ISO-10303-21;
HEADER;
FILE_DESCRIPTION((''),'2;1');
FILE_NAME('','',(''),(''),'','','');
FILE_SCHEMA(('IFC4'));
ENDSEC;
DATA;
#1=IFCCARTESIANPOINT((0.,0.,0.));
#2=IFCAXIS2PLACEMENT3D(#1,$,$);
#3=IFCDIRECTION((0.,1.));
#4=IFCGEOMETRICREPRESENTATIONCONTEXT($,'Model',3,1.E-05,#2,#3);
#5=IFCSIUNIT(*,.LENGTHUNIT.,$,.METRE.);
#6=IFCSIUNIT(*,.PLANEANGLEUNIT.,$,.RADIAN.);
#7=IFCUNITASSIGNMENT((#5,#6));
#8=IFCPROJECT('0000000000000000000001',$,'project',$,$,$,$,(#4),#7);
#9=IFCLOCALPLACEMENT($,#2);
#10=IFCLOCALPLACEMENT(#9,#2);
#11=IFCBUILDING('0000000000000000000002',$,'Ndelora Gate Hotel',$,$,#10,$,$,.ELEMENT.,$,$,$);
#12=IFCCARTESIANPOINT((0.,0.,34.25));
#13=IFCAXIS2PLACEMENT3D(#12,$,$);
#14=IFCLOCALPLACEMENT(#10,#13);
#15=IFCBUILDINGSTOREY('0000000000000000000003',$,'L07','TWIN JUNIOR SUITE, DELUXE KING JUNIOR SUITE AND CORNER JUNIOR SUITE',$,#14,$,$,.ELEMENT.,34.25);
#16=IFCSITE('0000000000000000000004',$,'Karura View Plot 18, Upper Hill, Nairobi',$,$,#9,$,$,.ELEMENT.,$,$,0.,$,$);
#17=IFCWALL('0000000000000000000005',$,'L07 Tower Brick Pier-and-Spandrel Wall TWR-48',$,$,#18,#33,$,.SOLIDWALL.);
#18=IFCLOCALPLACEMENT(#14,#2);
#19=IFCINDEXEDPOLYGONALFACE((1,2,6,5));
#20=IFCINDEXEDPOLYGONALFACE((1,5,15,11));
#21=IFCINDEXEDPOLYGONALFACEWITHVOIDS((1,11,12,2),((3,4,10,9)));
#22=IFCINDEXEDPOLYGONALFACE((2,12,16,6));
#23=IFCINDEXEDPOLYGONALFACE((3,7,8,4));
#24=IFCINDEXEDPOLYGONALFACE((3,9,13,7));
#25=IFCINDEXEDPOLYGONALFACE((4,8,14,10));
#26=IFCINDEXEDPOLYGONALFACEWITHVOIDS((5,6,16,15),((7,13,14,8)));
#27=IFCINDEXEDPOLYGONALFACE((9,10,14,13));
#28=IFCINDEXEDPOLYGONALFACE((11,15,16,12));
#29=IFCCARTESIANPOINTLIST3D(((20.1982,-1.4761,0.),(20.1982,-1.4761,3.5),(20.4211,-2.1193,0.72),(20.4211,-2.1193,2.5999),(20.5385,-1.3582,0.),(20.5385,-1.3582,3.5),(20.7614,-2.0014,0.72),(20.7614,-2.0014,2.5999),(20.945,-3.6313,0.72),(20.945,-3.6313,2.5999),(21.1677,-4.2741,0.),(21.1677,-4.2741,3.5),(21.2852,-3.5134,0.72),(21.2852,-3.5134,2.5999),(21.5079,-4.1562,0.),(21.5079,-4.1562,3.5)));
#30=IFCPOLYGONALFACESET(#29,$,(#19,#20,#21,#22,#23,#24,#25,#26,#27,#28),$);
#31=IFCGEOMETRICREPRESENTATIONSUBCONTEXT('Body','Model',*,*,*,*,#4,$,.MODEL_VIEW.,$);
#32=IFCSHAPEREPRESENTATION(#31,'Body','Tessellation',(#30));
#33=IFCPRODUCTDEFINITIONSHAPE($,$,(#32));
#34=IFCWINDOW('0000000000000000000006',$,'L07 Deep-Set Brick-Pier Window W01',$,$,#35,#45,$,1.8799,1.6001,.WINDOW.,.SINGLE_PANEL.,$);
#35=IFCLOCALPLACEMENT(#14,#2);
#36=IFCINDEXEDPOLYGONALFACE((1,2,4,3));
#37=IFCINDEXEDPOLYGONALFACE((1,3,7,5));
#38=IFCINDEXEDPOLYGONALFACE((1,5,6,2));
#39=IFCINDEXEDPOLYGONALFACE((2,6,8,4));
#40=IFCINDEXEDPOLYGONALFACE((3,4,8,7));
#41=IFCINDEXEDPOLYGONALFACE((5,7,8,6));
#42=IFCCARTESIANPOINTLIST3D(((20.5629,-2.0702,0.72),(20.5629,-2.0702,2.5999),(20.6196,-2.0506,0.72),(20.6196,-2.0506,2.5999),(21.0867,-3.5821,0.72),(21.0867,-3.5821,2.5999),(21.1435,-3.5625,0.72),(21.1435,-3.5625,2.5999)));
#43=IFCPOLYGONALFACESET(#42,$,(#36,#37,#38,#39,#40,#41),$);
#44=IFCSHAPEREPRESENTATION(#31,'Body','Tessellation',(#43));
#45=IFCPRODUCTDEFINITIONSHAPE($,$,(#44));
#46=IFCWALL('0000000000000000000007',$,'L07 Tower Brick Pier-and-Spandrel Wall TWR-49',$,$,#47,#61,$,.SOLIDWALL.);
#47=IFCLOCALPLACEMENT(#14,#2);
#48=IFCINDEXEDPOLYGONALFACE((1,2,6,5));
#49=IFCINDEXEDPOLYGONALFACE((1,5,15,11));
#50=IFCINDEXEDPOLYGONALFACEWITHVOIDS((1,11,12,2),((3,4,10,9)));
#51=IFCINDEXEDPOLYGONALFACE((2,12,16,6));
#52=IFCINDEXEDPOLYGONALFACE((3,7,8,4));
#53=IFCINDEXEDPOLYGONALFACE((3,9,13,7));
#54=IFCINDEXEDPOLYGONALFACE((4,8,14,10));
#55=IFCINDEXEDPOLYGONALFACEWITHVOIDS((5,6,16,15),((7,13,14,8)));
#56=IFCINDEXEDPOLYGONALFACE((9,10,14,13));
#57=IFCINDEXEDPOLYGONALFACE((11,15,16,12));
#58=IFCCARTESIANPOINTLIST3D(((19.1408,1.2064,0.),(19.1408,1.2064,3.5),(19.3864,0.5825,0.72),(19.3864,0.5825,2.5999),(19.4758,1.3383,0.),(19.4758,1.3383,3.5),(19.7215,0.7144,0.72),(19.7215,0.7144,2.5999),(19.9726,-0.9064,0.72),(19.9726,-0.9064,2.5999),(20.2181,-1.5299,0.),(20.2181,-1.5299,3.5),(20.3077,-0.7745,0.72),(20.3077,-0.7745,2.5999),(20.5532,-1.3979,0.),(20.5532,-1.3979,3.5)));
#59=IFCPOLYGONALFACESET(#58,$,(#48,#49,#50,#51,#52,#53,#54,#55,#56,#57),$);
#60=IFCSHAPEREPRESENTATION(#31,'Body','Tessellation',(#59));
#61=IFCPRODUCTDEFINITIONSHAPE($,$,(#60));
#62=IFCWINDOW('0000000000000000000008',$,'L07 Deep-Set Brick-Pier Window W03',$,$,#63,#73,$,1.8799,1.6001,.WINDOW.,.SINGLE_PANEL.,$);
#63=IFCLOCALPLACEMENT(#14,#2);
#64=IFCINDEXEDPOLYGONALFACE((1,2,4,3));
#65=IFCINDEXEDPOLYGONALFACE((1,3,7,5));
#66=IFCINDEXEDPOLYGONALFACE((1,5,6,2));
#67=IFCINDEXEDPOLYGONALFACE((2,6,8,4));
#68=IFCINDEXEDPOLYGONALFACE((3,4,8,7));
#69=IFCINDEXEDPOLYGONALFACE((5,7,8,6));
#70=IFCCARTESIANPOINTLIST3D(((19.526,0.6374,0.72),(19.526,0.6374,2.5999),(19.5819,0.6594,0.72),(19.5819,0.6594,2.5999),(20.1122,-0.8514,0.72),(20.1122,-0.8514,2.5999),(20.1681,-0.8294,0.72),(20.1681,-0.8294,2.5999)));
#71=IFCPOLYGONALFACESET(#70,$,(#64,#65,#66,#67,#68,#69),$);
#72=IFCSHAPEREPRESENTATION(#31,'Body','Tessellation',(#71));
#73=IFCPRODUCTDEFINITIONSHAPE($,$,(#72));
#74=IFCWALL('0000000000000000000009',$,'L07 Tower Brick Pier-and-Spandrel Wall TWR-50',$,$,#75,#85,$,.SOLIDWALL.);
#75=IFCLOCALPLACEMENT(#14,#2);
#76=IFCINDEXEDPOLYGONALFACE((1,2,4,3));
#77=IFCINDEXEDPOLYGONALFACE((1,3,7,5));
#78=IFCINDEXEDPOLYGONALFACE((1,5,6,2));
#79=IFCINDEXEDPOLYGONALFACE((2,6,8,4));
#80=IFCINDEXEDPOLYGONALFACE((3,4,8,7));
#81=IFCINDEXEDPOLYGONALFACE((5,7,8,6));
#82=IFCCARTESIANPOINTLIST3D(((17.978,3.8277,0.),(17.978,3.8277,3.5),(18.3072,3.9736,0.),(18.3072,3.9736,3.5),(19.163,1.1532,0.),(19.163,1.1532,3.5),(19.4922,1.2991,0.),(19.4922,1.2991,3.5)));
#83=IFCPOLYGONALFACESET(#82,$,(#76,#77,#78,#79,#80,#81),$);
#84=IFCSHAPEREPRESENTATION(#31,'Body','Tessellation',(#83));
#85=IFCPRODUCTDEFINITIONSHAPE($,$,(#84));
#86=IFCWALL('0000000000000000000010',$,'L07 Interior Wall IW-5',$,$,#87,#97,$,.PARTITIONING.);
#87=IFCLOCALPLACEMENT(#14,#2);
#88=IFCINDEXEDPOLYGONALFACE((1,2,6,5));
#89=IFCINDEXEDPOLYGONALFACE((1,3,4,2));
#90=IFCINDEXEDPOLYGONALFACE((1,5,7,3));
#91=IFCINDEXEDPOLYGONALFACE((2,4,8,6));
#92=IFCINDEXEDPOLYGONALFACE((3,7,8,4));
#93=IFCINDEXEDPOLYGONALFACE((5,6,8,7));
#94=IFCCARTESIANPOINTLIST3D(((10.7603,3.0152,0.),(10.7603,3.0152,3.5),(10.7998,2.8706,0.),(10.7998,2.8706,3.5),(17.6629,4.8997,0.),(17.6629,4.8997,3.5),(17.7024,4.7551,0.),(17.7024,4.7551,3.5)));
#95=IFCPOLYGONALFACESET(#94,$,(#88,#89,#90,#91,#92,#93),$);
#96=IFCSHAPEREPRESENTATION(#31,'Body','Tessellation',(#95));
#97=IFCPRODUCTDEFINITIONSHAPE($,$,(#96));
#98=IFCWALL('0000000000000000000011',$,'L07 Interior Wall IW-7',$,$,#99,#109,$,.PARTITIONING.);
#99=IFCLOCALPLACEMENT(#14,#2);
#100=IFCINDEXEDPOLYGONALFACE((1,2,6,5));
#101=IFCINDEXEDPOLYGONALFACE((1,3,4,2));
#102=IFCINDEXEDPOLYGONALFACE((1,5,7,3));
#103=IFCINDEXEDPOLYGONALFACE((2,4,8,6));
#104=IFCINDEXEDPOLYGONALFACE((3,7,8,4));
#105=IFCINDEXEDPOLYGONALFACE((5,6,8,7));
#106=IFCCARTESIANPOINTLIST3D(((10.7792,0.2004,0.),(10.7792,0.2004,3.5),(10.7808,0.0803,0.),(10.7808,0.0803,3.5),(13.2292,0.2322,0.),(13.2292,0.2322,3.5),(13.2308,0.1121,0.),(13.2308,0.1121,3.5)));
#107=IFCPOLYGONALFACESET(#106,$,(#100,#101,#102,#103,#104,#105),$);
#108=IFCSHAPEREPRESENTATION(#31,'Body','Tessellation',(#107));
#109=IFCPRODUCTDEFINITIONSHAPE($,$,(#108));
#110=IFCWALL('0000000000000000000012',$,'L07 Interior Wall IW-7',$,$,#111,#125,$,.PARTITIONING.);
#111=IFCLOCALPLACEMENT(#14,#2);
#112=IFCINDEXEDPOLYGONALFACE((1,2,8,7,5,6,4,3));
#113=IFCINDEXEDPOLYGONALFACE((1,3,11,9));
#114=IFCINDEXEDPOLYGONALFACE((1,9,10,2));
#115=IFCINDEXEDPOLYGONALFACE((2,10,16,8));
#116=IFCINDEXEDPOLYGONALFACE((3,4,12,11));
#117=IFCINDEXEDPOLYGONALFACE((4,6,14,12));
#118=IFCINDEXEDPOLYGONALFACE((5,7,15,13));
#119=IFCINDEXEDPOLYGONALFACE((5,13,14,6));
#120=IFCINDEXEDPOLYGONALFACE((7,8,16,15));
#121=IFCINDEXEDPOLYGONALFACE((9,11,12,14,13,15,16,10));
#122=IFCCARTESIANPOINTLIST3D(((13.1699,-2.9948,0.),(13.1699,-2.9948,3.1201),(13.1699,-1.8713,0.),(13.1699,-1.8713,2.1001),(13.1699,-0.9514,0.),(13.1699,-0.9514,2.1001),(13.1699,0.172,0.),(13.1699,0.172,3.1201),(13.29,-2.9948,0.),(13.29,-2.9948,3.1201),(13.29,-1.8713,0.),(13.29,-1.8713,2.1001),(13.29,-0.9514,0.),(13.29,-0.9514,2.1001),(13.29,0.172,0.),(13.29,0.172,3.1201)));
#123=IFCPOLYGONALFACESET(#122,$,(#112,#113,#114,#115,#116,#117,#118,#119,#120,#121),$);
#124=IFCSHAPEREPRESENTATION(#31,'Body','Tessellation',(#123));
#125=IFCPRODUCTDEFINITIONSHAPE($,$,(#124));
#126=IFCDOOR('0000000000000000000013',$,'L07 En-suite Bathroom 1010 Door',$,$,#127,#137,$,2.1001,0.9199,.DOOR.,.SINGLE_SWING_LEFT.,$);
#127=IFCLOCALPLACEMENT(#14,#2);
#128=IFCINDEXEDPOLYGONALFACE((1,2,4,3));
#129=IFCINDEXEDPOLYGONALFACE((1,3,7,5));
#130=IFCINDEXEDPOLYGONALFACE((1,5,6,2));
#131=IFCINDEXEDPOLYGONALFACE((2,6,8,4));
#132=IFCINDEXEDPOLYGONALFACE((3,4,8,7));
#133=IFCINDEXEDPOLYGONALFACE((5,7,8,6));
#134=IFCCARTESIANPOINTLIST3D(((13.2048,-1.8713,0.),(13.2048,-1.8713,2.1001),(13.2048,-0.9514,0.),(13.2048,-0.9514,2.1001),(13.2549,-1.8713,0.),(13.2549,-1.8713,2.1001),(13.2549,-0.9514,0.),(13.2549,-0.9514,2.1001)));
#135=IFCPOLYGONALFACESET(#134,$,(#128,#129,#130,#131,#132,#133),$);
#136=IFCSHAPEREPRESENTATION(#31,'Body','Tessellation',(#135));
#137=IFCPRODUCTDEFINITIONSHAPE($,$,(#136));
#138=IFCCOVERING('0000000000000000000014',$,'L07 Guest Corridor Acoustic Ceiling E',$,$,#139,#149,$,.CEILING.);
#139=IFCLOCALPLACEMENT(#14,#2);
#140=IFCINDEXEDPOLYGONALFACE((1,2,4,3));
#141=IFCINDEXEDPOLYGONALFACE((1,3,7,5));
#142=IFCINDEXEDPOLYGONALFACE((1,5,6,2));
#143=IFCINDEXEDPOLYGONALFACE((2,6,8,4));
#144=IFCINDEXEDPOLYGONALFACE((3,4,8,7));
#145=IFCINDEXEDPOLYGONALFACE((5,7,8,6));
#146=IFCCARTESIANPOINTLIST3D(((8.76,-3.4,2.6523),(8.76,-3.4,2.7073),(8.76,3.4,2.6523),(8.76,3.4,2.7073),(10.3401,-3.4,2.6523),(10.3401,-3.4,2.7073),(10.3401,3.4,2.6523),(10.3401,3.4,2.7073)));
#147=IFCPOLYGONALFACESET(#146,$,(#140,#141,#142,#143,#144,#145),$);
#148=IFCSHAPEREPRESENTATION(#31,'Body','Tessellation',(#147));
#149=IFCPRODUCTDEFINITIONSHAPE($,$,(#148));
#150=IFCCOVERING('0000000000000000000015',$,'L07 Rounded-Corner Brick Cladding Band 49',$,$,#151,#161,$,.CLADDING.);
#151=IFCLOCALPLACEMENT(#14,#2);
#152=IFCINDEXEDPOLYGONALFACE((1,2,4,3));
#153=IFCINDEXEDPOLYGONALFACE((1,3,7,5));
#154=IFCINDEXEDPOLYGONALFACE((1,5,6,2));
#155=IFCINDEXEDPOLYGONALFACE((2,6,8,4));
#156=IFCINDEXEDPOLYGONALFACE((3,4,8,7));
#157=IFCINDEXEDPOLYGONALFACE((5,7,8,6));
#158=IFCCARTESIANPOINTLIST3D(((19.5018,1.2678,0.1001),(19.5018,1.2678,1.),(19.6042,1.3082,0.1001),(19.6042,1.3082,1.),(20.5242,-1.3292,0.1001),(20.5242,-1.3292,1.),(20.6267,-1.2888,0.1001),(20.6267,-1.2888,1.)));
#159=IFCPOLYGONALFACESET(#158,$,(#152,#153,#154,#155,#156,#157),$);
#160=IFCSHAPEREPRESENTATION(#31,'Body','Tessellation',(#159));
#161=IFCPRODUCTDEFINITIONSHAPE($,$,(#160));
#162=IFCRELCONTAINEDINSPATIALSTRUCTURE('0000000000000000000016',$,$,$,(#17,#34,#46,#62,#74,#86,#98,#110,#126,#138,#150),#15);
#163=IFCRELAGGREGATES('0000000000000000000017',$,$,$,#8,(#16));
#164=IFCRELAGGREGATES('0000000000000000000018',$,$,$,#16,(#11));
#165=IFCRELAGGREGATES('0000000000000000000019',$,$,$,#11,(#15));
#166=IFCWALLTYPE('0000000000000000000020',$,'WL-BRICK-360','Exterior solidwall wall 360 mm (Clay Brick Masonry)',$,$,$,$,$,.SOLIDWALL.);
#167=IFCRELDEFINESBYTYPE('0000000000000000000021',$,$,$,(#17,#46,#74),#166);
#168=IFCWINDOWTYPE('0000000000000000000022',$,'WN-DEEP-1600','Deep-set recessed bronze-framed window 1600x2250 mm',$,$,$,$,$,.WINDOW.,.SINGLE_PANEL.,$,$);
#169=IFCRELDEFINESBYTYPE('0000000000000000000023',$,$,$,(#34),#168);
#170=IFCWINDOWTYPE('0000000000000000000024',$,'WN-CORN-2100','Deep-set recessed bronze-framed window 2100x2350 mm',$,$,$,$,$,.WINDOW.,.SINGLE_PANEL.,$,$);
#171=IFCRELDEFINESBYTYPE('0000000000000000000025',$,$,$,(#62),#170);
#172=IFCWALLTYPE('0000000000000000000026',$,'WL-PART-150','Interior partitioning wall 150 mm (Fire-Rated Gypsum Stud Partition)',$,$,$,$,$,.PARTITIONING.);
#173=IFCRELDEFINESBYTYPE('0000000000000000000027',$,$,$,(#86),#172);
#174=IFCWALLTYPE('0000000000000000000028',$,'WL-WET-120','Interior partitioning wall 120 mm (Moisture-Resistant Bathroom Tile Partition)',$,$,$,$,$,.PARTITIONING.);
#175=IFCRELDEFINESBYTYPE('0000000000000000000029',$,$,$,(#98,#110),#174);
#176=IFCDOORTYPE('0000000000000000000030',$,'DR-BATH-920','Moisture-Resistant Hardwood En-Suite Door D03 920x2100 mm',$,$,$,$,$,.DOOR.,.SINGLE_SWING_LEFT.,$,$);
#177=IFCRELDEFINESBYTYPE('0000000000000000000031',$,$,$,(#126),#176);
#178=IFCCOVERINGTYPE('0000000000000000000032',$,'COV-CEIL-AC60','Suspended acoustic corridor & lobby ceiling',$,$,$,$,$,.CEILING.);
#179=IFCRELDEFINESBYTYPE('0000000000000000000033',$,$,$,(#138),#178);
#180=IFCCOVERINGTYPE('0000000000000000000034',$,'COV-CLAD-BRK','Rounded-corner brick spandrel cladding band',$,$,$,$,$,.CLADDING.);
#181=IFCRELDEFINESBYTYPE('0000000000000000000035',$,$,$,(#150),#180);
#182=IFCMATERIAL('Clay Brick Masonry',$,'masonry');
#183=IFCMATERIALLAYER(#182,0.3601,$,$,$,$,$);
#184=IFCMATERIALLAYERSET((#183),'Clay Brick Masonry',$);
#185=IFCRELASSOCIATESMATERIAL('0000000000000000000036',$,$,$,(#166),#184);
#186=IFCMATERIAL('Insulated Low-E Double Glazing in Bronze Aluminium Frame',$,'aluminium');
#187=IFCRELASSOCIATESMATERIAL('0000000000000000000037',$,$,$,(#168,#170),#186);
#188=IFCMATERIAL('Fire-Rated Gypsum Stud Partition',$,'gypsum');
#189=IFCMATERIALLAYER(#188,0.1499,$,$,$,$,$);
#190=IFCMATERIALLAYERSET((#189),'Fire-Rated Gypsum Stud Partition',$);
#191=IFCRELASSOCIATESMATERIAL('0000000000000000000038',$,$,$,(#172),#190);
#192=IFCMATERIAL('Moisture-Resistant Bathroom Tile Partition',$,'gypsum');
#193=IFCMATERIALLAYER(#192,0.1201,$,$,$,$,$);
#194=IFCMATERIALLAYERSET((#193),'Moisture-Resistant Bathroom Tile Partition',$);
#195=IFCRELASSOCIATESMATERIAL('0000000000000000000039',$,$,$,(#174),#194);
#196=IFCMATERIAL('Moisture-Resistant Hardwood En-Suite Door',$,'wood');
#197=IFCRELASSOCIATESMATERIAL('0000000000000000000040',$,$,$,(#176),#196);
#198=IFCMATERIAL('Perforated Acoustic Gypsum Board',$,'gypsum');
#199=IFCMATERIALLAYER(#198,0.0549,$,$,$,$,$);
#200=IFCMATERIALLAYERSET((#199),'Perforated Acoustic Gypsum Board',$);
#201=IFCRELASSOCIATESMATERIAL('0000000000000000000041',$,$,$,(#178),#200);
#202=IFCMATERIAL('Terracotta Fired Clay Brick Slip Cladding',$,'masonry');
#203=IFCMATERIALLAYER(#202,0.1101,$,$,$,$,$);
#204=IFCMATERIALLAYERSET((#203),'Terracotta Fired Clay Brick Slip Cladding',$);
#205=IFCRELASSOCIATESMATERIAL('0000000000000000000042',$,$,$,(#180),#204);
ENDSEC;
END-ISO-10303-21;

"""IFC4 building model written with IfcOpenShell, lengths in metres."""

from ifc_helpers import new_model, si_unit, direction, frame, frame_2d, origin, origin_2d, place, context, subcontext, project, spatial, rectangle, extrude, material, layer, layer_set, type_object, element, fill, save


model = new_model("IFC4")

# Units and contexts
model_context = context("Model", 3, precision=1e-05, world=origin(), true_north=direction((0.0, 1.0)))
body_context = subcontext(model_context, "Body", "Model", "MODEL_VIEW")
ifc_project = project(units=[si_unit("LENGTHUNIT", "METRE"), si_unit("PLANEANGLEUNIT", "RADIAN")], contexts=[model_context])

# Site, building, storey
site_placement = place(None, origin())
site = spatial("IfcSite", under=ifc_project, at=site_placement, Name="Karura View Plot 18, Upper Hill, Nairobi", CompositionType="ELEMENT", RefElevation=0.0)
building_placement = place(site_placement, origin())
building = spatial("IfcBuilding", under=site, at=building_placement, Name="Ndelora Gate Hotel", CompositionType="ELEMENT")
storey_placement = place(building_placement, frame((0.0, 0.0, 34.25)))
storey = spatial("IfcBuildingStorey", under=building, at=storey_placement, Name="L07", Description="TWIN JUNIOR SUITE, DELUXE KING JUNIOR SUITE AND CORNER JUNIOR SUITE", CompositionType="ELEMENT", Elevation=34.25)

# Walls, openings, windows
ifc_material_1 = material(Name="Clay Brick Masonry", Category="masonry")
ifc_layer_1 = layer(ifc_material_1, 0.3601)
ifc_layer_set_1 = layer_set([ifc_layer_1], Name="Clay Brick Masonry")
wall_type_1 = type_object("IfcWallType", Name="WL-BRICK-360", Description="Exterior solidwall wall 360 mm (Clay Brick Masonry)", PredefinedType="SOLIDWALL", material=ifc_layer_set_1)
wall_1_placement = place(storey_placement, frame((20.3684, -1.4172, 0.0), z_axis=(0.0, 0.0, 1.0), x_axis=(0.327385, -0.944891, 0.0)))
wall_1 = element("IfcWall", 1, at=wall_1_placement, inside=storey, type_object=wall_type_1, Name="L07 Tower Brick Pier-and-Spandrel Wall TWR-48", PredefinedType="SOLIDWALL", context=body_context, shape_type="SweptSolid", body=[
    extrude(rectangle(XDim=2.9612, YDim=0.3601, at=frame_2d((1.4805, 0.0))), origin(), (0.0, 0.0, 1.0), 3.5),
])
opening_1_placement = place(wall_1_placement, frame((0.6807, 0.0, 0.72)))
opening_1 = element("IfcOpeningElement", 2, at=opening_1_placement, cuts=wall_1, PredefinedType="OPENING", context=body_context, shape_type="SweptSolid", body=[
    extrude(rectangle(XDim=1.6001, YDim=1.8799, at=frame_2d((0.8, 0.9399))), frame((0.0, 0.1899, 0.0), z_axis=(0.0, -1.0, 0.0), x_axis=(1.0, 0.0, 0.0)), (0.0, 0.0, 1.0), 0.3801),
])
ifc_material_2 = material(Name="Insulated Low-E Double Glazing in Bronze Aluminium Frame", Category="aluminium")
window_type_1 = type_object("IfcWindowType", Name="WN-DEEP-1600", Description="Deep-set recessed bronze-framed window 1600x2250 mm", PartitioningType="SINGLE_PANEL", PredefinedType="WINDOW", material=ifc_material_2)
window_1_placement = place(opening_1_placement, origin())
window_1 = element("IfcWindow", 3, at=window_1_placement, inside=storey, type_object=window_type_1, Name="L07 Deep-Set Brick-Pier Window W01", OverallHeight=1.8799, OverallWidth=1.6001, PartitioningType="SINGLE_PANEL", PredefinedType="WINDOW", context=body_context, shape_type="SweptSolid", body=[
    extrude(rectangle(XDim=1.6001, YDim=1.8799, at=frame_2d((0.8, 0.9399))), frame((0.0, 0.03, 0.0), z_axis=(0.0, -1.0, 0.0), x_axis=(1.0, 0.0, 0.0)), (0.0, 0.0, 1.0), 0.0601),
])
fill(opening_1, window_1)
wall_2_placement = place(storey_placement, frame((19.3083, 1.2722, 0.0), z_axis=(0.0, 0.0, 1.0), x_axis=(0.366361, -0.930473, 0.0)))
wall_2 = element("IfcWall", 4, at=wall_2_placement, inside=storey, type_object=wall_type_1, Name="L07 Tower Brick Pier-and-Spandrel Wall TWR-49", PredefinedType="SOLIDWALL", context=body_context, shape_type="SweptSolid", body=[
    extrude(rectangle(XDim=2.9407, YDim=0.3601, at=frame_2d((1.4702, 0.0))), origin(), (0.0, 0.0, 1.0), 3.5),
])
opening_2_placement = place(wall_2_placement, frame((0.6704, 0.0, 0.72)))
opening_2 = element("IfcOpeningElement", 5, at=opening_2_placement, cuts=wall_2, PredefinedType="OPENING", context=body_context, shape_type="SweptSolid", body=[
    extrude(rectangle(XDim=1.6001, YDim=1.8799, at=frame_2d((0.8, 0.9399))), frame((0.0, 0.1899, 0.0), z_axis=(0.0, -1.0, 0.0), x_axis=(1.0, 0.0, 0.0)), (0.0, 0.0, 1.0), 0.3801),
])
window_type_2 = type_object("IfcWindowType", Name="WN-CORN-2100", Description="Deep-set recessed bronze-framed window 2100x2350 mm", PartitioningType="SINGLE_PANEL", PredefinedType="WINDOW", material=ifc_material_2)
window_2_placement = place(opening_2_placement, origin())
window_2 = element("IfcWindow", 6, at=window_2_placement, inside=storey, type_object=window_type_2, Name="L07 Deep-Set Brick-Pier Window W03", OverallHeight=1.8799, OverallWidth=1.6001, PartitioningType="SINGLE_PANEL", PredefinedType="WINDOW", context=body_context, shape_type="SweptSolid", body=[
    extrude(rectangle(XDim=1.6001, YDim=1.8799, at=frame_2d((0.8, 0.9399))), frame((0.0, 0.03, 0.0), z_axis=(0.0, -1.0, 0.0), x_axis=(1.0, 0.0, 0.0)), (0.0, 0.0, 1.0), 0.0601),
])
fill(opening_2, window_2)

# Wall
wall_3_placement = place(storey_placement, frame((18.1426, 3.9006, 0.0), z_axis=(0.0, 0.0, 1.0), x_axis=(0.405101, -0.914272, 0.0)))
element("IfcWall", 7, at=wall_3_placement, inside=storey, type_object=wall_type_1, Name="L07 Tower Brick Pier-and-Spandrel Wall TWR-50", PredefinedType="SOLIDWALL", context=body_context, shape_type="SweptSolid", body=[
    extrude(rectangle(XDim=2.9253, YDim=0.3601, at=frame_2d((1.4626, 0.0))), origin(), (0.0, 0.0, 1.0), 3.5),
])

# Walls
ifc_material_3 = material(Name="Fire-Rated Gypsum Stud Partition", Category="gypsum")
ifc_layer_2 = layer(ifc_material_3, 0.1499)
ifc_layer_set_2 = layer_set([ifc_layer_2], Name="Fire-Rated Gypsum Stud Partition")
wall_type_2 = type_object("IfcWallType", Name="WL-PART-150", Description="Interior partitioning wall 150 mm (Fire-Rated Gypsum Stud Partition)", PredefinedType="PARTITIONING", material=ifc_layer_set_2)
wall_4_placement = place(storey_placement, frame((10.78, 2.9429, 0.0), z_axis=(0.0, 0.0, 1.0), x_axis=(0.964693, 0.263377, 0.0)))
element("IfcWall", 8, at=wall_4_placement, inside=storey, type_object=wall_type_2, Name="L07 Interior Wall IW-5", PredefinedType="PARTITIONING", context=body_context, shape_type="SweptSolid", body=[
    extrude(rectangle(XDim=7.1553, YDim=0.1499, at=frame_2d((3.5776, 0.0))), origin(), (0.0, 0.0, 1.0), 3.5),
])
ifc_material_4 = material(Name="Moisture-Resistant Bathroom Tile Partition", Category="gypsum")
ifc_layer_3 = layer(ifc_material_4, 0.1201)
ifc_layer_set_3 = layer_set([ifc_layer_3], Name="Moisture-Resistant Bathroom Tile Partition")
wall_type_3 = type_object("IfcWallType", Name="WL-WET-120", Description="Interior partitioning wall 120 mm (Moisture-Resistant Bathroom Tile Partition)", PredefinedType="PARTITIONING", material=ifc_layer_set_3)
wall_5_placement = place(storey_placement, frame((13.23, 0.1721, 0.0), z_axis=(0.0, 0.0, 1.0), x_axis=(-0.999916, -0.012954, 0.0)))
element("IfcWall", 9, at=wall_5_placement, inside=storey, type_object=wall_type_3, Name="L07 Interior Wall IW-7", PredefinedType="PARTITIONING", context=body_context, shape_type="SweptSolid", body=[
    extrude(rectangle(XDim=2.4502, YDim=0.1201, at=frame_2d((1.2251, 0.0))), origin(), (0.0, 0.0, 1.0), 3.5),
])

# Wall, opening, door
wall_6_placement = place(storey_placement, frame((13.23, 0.1721, 0.0), z_axis=(0.0, 0.0, 1.0), x_axis=(0.0, -1.0, 0.0)))
wall_6 = element("IfcWall", 10, at=wall_6_placement, inside=storey, type_object=wall_type_3, Name="L07 Interior Wall IW-7", PredefinedType="PARTITIONING", context=body_context, shape_type="SweptSolid", body=[
    extrude(rectangle(XDim=3.1667, YDim=0.1201, at=frame_2d((1.5835, 0.0))), origin(), (0.0, 0.0, 1.0), 3.1201),
])
opening_3_placement = place(wall_6_placement, frame((1.1235, 0.0, 0.0)))
opening_3 = element("IfcOpeningElement", 11, at=opening_3_placement, cuts=wall_6, PredefinedType="OPENING", context=body_context, shape_type="SweptSolid", body=[
    extrude(rectangle(XDim=0.9199, YDim=2.1001, at=frame_2d((0.46, 1.05))), frame((0.0, 0.0701, 0.0), z_axis=(0.0, -1.0, 0.0), x_axis=(1.0, 0.0, 0.0)), (0.0, 0.0, 1.0), 0.1401),
])
ifc_material_5 = material(Name="Moisture-Resistant Hardwood En-Suite Door", Category="wood")
door_type_1 = type_object("IfcDoorType", Name="DR-BATH-920", Description="Moisture-Resistant Hardwood En-Suite Door D03 920x2100 mm", OperationType="SINGLE_SWING_LEFT", PredefinedType="DOOR", material=ifc_material_5)
door_1_placement = place(opening_3_placement, origin())
door_1 = element("IfcDoor", 12, at=door_1_placement, inside=storey, type_object=door_type_1, Name="L07 En-suite Bathroom 1010 Door", OperationType="SINGLE_SWING_LEFT", OverallHeight=2.1001, OverallWidth=0.9199, PredefinedType="DOOR", context=body_context, shape_type="SweptSolid", body=[
    extrude(rectangle(XDim=0.9199, YDim=2.1001, at=frame_2d((0.46, 1.05))), frame((0.0, 0.0249, 0.0), z_axis=(0.0, -1.0, 0.0), x_axis=(1.0, 0.0, 0.0)), (0.0, 0.0, 1.0), 0.05),
])
fill(opening_3, door_1)

# Coverings
ifc_material_6 = material(Name="Perforated Acoustic Gypsum Board", Category="gypsum")
ifc_layer_4 = layer(ifc_material_6, 0.0549)
ifc_layer_set_4 = layer_set([ifc_layer_4], Name="Perforated Acoustic Gypsum Board")
covering_type_1 = type_object("IfcCoveringType", Name="COV-CEIL-AC60", Description="Suspended acoustic corridor & lobby ceiling", PredefinedType="CEILING", material=ifc_layer_set_4)
covering_1_placement = place(storey_placement, frame((9.55, 0.0, 2.6523), z_axis=(0.0, 0.0, 1.0), x_axis=(1.0, 0.0, 0.0)))
element("IfcCovering", 13, at=covering_1_placement, inside=storey, type_object=covering_type_1, Name="L07 Guest Corridor Acoustic Ceiling E", PredefinedType="CEILING", context=body_context, shape_type="SweptSolid", body=[
    extrude(rectangle(XDim=1.5801, YDim=6.8, at=origin_2d()), origin(), (0.0, 0.0, 1.0), 0.0549),
])
ifc_material_7 = material(Name="Terracotta Fired Clay Brick Slip Cladding", Category="masonry")
ifc_layer_5 = layer(ifc_material_7, 0.1101)
ifc_layer_set_5 = layer_set([ifc_layer_5], Name="Terracotta Fired Clay Brick Slip Cladding")
covering_type_2 = type_object("IfcCoveringType", Name="COV-CLAD-BRK", Description="Rounded-corner brick spandrel cladding band", PredefinedType="CLADDING", material=ifc_layer_set_5)
covering_2_placement = place(storey_placement, frame((20.0642, -0.0105, 0.1001), z_axis=(0.0, 0.0, 1.0), x_axis=(-0.366339, 0.930482, 0.0)))
element("IfcCovering", 14, at=covering_2_placement, inside=storey, type_object=covering_type_2, Name="L07 Rounded-Corner Brick Cladding Band 49", PredefinedType="CLADDING", context=body_context, shape_type="SweptSolid", body=[
    extrude(rectangle(XDim=2.791, YDim=0.1101, at=origin_2d()), origin(), (0.0, 0.0, 1.0), 0.8999),
])

save(model, "model.ifc")
